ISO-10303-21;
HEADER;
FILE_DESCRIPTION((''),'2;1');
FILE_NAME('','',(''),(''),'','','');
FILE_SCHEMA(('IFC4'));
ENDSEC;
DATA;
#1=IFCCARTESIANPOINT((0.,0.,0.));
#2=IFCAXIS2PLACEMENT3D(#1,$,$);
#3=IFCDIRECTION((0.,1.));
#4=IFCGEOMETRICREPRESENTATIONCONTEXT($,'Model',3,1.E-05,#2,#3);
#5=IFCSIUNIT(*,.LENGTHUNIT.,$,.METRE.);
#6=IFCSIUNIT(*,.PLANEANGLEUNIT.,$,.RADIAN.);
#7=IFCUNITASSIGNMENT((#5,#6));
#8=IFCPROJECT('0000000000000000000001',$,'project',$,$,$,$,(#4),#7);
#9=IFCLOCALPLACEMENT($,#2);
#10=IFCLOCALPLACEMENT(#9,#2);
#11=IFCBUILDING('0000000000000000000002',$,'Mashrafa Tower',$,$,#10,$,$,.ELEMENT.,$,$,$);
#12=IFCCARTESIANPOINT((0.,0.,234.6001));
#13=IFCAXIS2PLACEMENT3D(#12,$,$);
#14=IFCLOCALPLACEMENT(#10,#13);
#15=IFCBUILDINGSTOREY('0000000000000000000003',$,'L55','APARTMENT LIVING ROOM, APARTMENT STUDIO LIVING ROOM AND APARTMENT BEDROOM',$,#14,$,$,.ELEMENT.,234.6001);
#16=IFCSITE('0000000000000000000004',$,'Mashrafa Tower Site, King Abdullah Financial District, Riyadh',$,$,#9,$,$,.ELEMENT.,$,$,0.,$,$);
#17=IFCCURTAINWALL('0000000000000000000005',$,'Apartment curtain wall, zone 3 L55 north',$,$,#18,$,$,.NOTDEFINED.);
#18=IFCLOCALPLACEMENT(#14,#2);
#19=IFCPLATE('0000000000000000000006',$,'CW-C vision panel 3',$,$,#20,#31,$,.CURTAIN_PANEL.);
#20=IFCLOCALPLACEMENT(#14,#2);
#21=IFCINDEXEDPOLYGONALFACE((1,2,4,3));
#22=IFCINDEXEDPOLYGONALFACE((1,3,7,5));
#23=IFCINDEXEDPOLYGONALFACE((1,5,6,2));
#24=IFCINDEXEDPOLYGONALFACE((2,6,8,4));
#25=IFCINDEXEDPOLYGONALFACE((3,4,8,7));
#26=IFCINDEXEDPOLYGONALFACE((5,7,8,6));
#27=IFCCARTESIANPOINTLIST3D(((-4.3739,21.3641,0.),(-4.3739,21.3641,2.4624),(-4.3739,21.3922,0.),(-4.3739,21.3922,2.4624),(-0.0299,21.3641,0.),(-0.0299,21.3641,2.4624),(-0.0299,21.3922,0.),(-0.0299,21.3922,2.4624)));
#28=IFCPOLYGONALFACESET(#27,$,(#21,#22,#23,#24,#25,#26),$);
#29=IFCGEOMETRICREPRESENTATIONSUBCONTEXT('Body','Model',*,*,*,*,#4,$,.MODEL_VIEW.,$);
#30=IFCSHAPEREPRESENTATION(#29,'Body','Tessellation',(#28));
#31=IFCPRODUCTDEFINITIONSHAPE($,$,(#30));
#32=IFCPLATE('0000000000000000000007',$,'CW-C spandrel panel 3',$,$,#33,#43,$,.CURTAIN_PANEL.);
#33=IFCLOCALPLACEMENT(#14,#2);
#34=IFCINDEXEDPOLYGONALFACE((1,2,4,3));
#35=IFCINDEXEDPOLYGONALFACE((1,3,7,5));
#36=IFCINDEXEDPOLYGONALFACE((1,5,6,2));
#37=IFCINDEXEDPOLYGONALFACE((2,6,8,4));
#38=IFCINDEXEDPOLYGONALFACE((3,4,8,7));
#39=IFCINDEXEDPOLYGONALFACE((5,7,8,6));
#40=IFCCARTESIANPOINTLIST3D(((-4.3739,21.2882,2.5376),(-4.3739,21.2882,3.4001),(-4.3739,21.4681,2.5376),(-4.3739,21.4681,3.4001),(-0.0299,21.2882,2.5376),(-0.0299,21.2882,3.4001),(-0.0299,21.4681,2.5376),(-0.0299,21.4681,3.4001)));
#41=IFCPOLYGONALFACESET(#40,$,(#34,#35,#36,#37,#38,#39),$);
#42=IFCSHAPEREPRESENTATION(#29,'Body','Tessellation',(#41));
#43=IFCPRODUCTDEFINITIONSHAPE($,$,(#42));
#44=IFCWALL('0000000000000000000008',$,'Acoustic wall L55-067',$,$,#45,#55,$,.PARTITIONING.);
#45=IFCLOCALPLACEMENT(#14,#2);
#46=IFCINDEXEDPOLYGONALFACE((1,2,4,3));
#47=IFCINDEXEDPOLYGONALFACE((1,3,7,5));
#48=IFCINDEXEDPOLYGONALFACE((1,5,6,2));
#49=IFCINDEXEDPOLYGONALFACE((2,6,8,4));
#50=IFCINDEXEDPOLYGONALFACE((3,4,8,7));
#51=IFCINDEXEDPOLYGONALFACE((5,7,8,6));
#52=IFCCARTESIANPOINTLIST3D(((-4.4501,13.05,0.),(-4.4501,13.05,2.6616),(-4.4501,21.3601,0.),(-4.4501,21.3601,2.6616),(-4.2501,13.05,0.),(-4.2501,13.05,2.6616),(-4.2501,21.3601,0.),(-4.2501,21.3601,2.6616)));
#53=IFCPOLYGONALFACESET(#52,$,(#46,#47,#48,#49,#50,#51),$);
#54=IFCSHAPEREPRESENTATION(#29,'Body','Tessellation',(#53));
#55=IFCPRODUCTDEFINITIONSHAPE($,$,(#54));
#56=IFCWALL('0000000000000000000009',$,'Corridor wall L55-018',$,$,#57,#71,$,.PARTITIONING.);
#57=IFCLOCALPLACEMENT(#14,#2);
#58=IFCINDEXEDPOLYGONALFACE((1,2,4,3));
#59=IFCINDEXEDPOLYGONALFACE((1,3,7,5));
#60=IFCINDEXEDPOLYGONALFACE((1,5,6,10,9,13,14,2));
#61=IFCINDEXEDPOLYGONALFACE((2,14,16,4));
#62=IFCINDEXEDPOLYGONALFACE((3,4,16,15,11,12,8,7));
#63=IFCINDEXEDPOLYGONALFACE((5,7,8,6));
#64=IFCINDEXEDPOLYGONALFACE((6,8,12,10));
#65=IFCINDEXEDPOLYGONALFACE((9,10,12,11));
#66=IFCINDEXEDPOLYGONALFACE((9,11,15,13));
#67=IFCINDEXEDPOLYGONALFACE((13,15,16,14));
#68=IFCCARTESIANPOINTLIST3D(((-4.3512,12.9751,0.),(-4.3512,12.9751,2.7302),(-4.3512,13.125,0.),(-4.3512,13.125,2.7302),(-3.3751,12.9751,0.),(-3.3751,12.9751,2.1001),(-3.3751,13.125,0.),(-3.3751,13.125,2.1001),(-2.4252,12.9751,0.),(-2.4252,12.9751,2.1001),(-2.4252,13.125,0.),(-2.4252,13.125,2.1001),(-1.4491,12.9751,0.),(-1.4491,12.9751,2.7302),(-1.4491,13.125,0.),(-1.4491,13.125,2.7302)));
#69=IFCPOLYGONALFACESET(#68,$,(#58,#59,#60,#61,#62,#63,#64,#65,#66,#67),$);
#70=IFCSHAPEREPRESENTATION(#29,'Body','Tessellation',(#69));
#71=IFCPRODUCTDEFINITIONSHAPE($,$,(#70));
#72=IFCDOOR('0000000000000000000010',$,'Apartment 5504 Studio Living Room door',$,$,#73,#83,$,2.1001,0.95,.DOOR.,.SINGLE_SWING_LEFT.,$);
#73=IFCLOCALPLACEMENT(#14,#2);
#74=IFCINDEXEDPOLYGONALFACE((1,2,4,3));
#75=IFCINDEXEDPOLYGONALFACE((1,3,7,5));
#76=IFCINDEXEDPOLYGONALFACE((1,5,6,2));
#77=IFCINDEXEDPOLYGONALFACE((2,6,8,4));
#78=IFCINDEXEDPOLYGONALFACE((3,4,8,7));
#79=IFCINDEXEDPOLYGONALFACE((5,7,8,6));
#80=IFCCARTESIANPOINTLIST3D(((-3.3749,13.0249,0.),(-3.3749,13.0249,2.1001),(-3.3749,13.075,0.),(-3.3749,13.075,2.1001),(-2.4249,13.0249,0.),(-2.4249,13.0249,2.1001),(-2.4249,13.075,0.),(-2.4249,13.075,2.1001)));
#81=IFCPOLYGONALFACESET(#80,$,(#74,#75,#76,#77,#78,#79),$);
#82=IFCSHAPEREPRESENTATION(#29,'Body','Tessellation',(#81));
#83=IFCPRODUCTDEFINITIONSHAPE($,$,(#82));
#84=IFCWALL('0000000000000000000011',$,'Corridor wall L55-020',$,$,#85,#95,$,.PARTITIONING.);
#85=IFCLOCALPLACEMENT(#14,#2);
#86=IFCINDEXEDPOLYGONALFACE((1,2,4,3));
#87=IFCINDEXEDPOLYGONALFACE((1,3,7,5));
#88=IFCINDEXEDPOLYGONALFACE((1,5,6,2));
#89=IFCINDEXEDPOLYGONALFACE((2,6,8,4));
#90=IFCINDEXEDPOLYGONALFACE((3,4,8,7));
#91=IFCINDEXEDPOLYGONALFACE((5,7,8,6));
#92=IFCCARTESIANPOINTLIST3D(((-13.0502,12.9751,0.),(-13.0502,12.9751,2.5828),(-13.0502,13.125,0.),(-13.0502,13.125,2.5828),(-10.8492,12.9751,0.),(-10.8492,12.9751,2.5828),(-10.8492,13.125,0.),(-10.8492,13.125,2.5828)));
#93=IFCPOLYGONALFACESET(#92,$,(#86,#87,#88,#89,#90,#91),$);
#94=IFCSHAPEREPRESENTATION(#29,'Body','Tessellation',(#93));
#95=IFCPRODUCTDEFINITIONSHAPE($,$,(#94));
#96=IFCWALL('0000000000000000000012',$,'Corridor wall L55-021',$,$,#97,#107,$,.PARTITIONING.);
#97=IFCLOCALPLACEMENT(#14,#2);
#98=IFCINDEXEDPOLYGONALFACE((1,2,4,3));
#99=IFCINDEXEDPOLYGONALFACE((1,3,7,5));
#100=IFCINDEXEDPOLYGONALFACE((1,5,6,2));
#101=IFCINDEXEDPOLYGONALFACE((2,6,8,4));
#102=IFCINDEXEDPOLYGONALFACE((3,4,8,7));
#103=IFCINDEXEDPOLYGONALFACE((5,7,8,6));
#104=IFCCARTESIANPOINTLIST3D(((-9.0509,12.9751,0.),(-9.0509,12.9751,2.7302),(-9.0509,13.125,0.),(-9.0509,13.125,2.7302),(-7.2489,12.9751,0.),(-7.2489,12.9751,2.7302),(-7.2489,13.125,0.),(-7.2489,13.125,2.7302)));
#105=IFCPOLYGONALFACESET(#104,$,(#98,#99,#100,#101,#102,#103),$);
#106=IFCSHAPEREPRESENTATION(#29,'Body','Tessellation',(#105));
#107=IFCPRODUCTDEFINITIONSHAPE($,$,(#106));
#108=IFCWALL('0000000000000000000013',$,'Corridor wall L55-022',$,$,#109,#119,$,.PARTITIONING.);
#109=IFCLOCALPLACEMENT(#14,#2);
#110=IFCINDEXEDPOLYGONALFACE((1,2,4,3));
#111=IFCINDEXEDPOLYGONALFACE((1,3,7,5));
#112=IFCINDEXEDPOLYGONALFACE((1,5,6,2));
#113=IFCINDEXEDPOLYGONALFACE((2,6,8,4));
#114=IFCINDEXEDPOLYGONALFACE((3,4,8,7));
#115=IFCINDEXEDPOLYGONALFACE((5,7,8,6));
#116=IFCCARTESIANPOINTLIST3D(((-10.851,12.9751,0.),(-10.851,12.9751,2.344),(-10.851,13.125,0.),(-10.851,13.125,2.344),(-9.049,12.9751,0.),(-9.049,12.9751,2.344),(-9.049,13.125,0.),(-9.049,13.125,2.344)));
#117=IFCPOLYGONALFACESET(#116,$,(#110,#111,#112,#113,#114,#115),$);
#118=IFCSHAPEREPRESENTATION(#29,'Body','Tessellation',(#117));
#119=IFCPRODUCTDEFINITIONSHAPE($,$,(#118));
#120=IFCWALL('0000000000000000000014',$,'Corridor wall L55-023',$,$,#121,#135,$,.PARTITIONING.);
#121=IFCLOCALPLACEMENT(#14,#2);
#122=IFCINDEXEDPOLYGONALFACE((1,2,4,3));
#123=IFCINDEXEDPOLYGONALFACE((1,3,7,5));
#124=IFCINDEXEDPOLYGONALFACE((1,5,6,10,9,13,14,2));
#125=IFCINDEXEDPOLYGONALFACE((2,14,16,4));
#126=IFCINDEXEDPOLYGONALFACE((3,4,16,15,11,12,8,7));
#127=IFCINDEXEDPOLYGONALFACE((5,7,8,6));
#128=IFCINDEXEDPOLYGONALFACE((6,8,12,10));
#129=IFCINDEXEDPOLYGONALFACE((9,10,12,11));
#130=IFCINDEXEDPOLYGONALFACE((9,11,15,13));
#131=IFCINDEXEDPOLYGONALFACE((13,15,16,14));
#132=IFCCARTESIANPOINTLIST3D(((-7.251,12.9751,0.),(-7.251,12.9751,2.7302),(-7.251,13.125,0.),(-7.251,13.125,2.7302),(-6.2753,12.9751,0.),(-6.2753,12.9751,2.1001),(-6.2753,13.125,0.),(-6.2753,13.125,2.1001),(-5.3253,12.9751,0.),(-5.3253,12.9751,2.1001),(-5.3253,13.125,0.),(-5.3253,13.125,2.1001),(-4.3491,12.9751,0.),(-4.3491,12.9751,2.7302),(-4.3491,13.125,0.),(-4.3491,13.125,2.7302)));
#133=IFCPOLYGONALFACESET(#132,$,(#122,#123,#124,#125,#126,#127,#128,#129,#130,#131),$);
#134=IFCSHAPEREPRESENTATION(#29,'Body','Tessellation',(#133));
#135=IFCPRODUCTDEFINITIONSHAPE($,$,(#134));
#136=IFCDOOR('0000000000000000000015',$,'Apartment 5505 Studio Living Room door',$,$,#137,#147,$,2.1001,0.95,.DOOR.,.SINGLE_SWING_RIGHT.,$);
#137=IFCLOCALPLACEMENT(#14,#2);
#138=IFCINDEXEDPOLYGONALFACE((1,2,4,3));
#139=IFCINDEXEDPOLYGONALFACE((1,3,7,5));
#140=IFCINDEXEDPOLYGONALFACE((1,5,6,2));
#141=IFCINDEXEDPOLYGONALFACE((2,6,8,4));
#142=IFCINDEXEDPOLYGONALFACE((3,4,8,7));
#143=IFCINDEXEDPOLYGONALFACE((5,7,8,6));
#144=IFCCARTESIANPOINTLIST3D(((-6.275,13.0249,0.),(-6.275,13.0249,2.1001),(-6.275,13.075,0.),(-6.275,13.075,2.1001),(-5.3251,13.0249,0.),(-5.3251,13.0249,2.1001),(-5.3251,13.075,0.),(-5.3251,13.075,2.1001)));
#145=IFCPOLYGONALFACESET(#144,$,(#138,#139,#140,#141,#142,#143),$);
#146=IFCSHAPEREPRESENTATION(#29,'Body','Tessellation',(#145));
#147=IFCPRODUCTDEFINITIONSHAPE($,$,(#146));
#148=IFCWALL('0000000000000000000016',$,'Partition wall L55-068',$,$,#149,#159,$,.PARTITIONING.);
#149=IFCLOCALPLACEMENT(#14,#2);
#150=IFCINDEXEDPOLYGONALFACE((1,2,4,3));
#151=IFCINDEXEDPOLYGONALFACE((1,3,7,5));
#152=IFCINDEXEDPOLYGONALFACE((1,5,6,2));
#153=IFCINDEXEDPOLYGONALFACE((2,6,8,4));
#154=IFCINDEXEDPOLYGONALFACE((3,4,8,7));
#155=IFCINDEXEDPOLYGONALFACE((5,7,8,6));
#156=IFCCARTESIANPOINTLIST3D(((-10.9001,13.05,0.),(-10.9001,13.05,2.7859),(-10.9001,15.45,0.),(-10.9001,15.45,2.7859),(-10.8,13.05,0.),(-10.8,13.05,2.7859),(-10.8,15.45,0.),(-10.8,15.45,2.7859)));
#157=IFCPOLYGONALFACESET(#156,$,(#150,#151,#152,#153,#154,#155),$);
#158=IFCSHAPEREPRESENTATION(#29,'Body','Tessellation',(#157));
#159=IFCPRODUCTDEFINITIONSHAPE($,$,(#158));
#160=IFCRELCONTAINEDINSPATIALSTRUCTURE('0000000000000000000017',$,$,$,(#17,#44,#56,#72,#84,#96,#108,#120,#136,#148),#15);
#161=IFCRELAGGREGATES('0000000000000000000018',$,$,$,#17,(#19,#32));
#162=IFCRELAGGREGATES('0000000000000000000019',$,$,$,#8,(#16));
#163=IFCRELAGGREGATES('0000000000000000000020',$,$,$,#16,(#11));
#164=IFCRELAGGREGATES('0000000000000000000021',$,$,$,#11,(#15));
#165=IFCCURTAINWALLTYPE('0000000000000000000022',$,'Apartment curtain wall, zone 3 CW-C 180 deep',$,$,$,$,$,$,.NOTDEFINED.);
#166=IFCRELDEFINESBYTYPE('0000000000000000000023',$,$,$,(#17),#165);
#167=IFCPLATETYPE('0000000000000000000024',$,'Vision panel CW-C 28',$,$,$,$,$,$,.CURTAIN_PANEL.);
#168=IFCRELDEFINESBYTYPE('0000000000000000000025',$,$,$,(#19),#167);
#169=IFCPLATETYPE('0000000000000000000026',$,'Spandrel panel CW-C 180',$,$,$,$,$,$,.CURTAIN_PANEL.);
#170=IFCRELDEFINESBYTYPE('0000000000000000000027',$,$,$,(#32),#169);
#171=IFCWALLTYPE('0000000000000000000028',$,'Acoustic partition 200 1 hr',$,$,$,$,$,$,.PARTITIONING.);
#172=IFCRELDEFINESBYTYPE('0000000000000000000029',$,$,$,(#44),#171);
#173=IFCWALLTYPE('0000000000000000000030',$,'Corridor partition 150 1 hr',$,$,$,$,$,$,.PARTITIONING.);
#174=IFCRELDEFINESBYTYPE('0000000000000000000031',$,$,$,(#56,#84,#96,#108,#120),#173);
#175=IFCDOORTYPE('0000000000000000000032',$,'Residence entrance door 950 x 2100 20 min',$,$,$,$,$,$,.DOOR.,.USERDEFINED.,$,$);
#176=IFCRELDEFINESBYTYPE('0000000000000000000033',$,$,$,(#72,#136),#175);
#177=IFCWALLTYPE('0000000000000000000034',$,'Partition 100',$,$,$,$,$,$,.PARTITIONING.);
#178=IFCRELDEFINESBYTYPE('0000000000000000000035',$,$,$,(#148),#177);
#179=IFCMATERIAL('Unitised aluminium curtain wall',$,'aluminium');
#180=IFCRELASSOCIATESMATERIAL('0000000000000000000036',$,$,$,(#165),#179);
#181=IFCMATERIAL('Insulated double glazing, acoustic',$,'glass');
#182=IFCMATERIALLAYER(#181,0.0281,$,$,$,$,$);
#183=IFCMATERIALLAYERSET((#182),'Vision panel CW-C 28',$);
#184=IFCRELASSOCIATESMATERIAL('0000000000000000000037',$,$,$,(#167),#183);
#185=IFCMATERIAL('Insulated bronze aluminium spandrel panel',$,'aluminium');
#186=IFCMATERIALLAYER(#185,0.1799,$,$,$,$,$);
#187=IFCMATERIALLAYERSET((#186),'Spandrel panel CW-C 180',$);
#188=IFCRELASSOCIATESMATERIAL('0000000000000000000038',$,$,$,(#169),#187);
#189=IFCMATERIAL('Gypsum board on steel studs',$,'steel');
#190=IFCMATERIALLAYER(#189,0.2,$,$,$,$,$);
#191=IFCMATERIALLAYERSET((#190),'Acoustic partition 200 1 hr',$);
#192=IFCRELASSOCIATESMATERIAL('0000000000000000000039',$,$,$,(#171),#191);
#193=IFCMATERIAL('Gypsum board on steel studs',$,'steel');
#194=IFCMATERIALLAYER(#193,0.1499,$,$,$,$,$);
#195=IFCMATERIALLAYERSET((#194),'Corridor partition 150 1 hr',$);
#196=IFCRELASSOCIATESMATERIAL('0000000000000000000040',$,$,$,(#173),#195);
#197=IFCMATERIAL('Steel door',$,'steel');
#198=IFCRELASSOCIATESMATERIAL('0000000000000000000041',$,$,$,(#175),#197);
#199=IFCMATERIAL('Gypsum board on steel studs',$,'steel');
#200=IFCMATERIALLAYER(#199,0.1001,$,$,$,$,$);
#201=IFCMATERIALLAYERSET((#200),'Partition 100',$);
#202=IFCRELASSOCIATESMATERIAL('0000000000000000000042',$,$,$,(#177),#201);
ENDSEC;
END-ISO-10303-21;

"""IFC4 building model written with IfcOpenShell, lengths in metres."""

from ifc_helpers import new_model, si_unit, direction, frame, frame_2d, origin, origin_2d, place, context, subcontext, project, spatial, rectangle, extrude, source, transform, mapped, material, layer, layer_set, type_object, element, fill, aggregate, save


model = new_model("IFC4")

# Units and contexts
model_context = context("Model", 3, precision=1e-05, world=origin(), true_north=direction((0.0, 1.0)))
body_context = subcontext(model_context, "Body", "Model", "MODEL_VIEW")
ifc_project = project(units=[si_unit("LENGTHUNIT", "METRE"), si_unit("PLANEANGLEUNIT", "RADIAN")], contexts=[model_context])

# Site, building, storey
site_placement = place(None, origin())
site = spatial("IfcSite", under=ifc_project, at=site_placement, Name="Mashrafa Tower Site, King Abdullah Financial District, Riyadh", CompositionType="ELEMENT", RefElevation=0.0)
building_placement = place(site_placement, origin())
building = spatial("IfcBuilding", under=site, at=building_placement, Name="Mashrafa Tower", CompositionType="ELEMENT")
storey_placement = place(building_placement, frame((0.0, 0.0, 234.6001)))
storey = spatial("IfcBuildingStorey", under=building, at=storey_placement, Name="L55", Description="APARTMENT LIVING ROOM, APARTMENT STUDIO LIVING ROOM AND APARTMENT BEDROOM", CompositionType="ELEMENT", Elevation=234.6001)

# Curtain wall
ifc_material_1 = material(Name="Unitised aluminium curtain wall", Category="aluminium")
curtain_wall_type = type_object("IfcCurtainWallType", Name="Apartment curtain wall, zone 3 CW-C 180 deep", PredefinedType="NOTDEFINED", material=ifc_material_1)
curtain_wall_1_placement = place(storey_placement, origin())
curtain_wall_1 = element("IfcCurtainWall", 1, at=curtain_wall_1_placement, inside=storey, type_object=curtain_wall_type, Name="Apartment curtain wall, zone 3 L55 north", PredefinedType="NOTDEFINED")

# Plates
ifc_material_2 = material(Name="Insulated double glazing, acoustic", Category="glass")
ifc_layer_1 = layer(ifc_material_2, 0.0281)
ifc_layer_set_1 = layer_set([ifc_layer_1], Name="Vision panel CW-C 28")
plate_type_1 = type_object("IfcPlateType", Name="Vision panel CW-C 28", PredefinedType="CURTAIN_PANEL", material=ifc_layer_set_1)
ifc_material_3 = material(Name="Insulated bronze aluminium spandrel panel", Category="aluminium")
ifc_layer_2 = layer(ifc_material_3, 0.1799)
ifc_layer_set_2 = layer_set([ifc_layer_2], Name="Spandrel panel CW-C 180")
plate_type_2 = type_object("IfcPlateType", Name="Spandrel panel CW-C 180", PredefinedType="CURTAIN_PANEL", material=ifc_layer_set_2)
shared_shape_1 = source(origin(), body_context, "Body", "SweptSolid", [
    extrude(rectangle(XDim=4.344, YDim=0.0281, at=origin_2d()), origin(), (0.0, 0.0, 1.0), 2.4624),
])
plate_1_placement = place(storey_placement, frame((-2.2019, 21.3782, 0.0), z_axis=(0.0, 0.0, 1.0), x_axis=(-1.0, 0.0, 0.0)))
plate_1 = element("IfcPlate", 2, at=plate_1_placement, type_object=plate_type_1, Name="CW-C vision panel 3", PredefinedType="CURTAIN_PANEL", context=body_context, shape_type="MappedRepresentation", body=[
    mapped(shared_shape_1, transform((0.0, 0.0, 0.0))),
])
shared_shape_2 = source(origin(), body_context, "Body", "SweptSolid", [
    extrude(rectangle(XDim=4.344, YDim=0.1799, at=origin_2d()), origin(), (0.0, 0.0, 1.0), 0.8625),
])
plate_2_placement = place(storey_placement, frame((-2.2019, 21.3782, 2.5376), z_axis=(0.0, 0.0, 1.0), x_axis=(-1.0, 0.0, 0.0)))
plate_2 = element("IfcPlate", 3, at=plate_2_placement, type_object=plate_type_2, Name="CW-C spandrel panel 3", PredefinedType="CURTAIN_PANEL", context=body_context, shape_type="MappedRepresentation", body=[
    mapped(shared_shape_2, transform((0.0, 0.0, 0.0))),
])
aggregate(curtain_wall_1, [plate_1, plate_2])

# Wall
ifc_material_4 = material(Name="Gypsum board on steel studs", Category="steel")
ifc_layer_3 = layer(ifc_material_4, 0.2)
ifc_layer_set_3 = layer_set([ifc_layer_3], Name="Acoustic partition 200 1 hr")
wall_type_1 = type_object("IfcWallType", Name="Acoustic partition 200 1 hr", PredefinedType="PARTITIONING", material=ifc_layer_set_3)
wall_1_placement = place(storey_placement, frame((-4.3501, 21.3601, 0.0), z_axis=(0.0, 0.0, 1.0), x_axis=(0.0, -1.0, 0.0)))
element("IfcWall", 4, at=wall_1_placement, inside=storey, type_object=wall_type_1, Name="Acoustic wall L55-067", PredefinedType="PARTITIONING", context=body_context, shape_type="SweptSolid", body=[
    extrude(rectangle(XDim=8.3101, YDim=0.2, at=frame_2d((4.155, 0.0))), origin(), (0.0, 0.0, 1.0), 2.6616),
])

# Wall, opening, door
ifc_material_5 = material(Name="Gypsum board on steel studs", Category="steel")
ifc_layer_4 = layer(ifc_material_5, 0.1499)
ifc_layer_set_4 = layer_set([ifc_layer_4], Name="Corridor partition 150 1 hr")
wall_type_2 = type_object("IfcWallType", Name="Corridor partition 150 1 hr", PredefinedType="PARTITIONING", material=ifc_layer_set_4)
wall_2_placement = place(storey_placement, frame((-1.449, 13.05, 0.0), z_axis=(0.0, 0.0, 1.0), x_axis=(-1.0, 0.0, 0.0)))
wall_2 = element("IfcWall", 5, at=wall_2_placement, inside=storey, type_object=wall_type_2, Name="Corridor wall L55-018", PredefinedType="PARTITIONING", context=body_context, shape_type="SweptSolid", body=[
    extrude(rectangle(XDim=2.9021, YDim=0.1499, at=frame_2d((1.4512, 0.0))), origin(), (0.0, 0.0, 1.0), 2.7302),
])
opening_1_placement = place(wall_2_placement, frame((0.9761, 0.0, 0.0)))
opening_1 = element("IfcOpeningElement", 6, at=opening_1_placement, cuts=wall_2, PredefinedType="OPENING", context=body_context, shape_type="SweptSolid", body=[
    extrude(rectangle(XDim=0.95, YDim=2.1001, at=frame_2d((0.4751, 1.05))), frame((0.0, 0.085, 0.0), z_axis=(0.0, -1.0, 0.0), x_axis=(1.0, 0.0, 0.0)), (0.0, 0.0, 1.0), 0.1699),
])
ifc_material_6 = material(Name="Steel door", Category="steel")
door_type_1 = type_object("IfcDoorType", Name="Residence entrance door 950 x 2100 20 min", OperationType="USERDEFINED", PredefinedType="DOOR", material=ifc_material_6)
door_1_placement = place(opening_1_placement, frame((0.95, 0.0, 0.0), z_axis=(0.0, 0.0, 1.0), x_axis=(-1.0, 0.0, 0.0)))
door_1 = element("IfcDoor", 7, at=door_1_placement, inside=storey, type_object=door_type_1, Name="Apartment 5504 Studio Living Room door", OperationType="SINGLE_SWING_LEFT", OverallHeight=2.1001, OverallWidth=0.95, PredefinedType="DOOR", context=body_context, shape_type="SweptSolid", body=[
    extrude(rectangle(XDim=0.95, YDim=2.1001, at=frame_2d((0.4751, 1.05))), frame((0.0, 0.0249, 0.0), z_axis=(0.0, -1.0, 0.0), x_axis=(1.0, 0.0, 0.0)), (0.0, 0.0, 1.0), 0.05),
])
fill(opening_1, door_1)

# Walls
wall_3_placement = place(storey_placement, frame((-10.8491, 13.05, 0.0), z_axis=(0.0, 0.0, 1.0), x_axis=(-1.0, 0.0, 0.0)))
element("IfcWall", 8, at=wall_3_placement, inside=storey, type_object=wall_type_2, Name="Corridor wall L55-020", PredefinedType="PARTITIONING", context=body_context, shape_type="SweptSolid", body=[
    extrude(rectangle(XDim=2.2009, YDim=0.1499, at=frame_2d((1.1006, 0.0))), origin(), (0.0, 0.0, 1.0), 2.5828),
])
wall_4_placement = place(storey_placement, frame((-7.249, 13.05, 0.0), z_axis=(0.0, 0.0, 1.0), x_axis=(-1.0, 0.0, 0.0)))
element("IfcWall", 9, at=wall_4_placement, inside=storey, type_object=wall_type_2, Name="Corridor wall L55-021", PredefinedType="PARTITIONING", context=body_context, shape_type="SweptSolid", body=[
    extrude(rectangle(XDim=1.802, YDim=0.1499, at=frame_2d((0.9009, 0.0))), origin(), (0.0, 0.0, 1.0), 2.7302),
])
wall_5_placement = place(storey_placement, frame((-9.0491, 13.05, 0.0), z_axis=(0.0, 0.0, 1.0), x_axis=(-1.0, 0.0, 0.0)))
element("IfcWall", 10, at=wall_5_placement, inside=storey, type_object=wall_type_2, Name="Corridor wall L55-022", PredefinedType="PARTITIONING", context=body_context, shape_type="SweptSolid", body=[
    extrude(rectangle(XDim=1.802, YDim=0.1499, at=frame_2d((0.9009, 0.0))), origin(), (0.0, 0.0, 1.0), 2.344),
])

# Wall, opening, door
wall_6_placement = place(storey_placement, frame((-4.3491, 13.05, 0.0), z_axis=(0.0, 0.0, 1.0), x_axis=(-1.0, 0.0, 0.0)))
wall_6 = element("IfcWall", 11, at=wall_6_placement, inside=storey, type_object=wall_type_2, Name="Corridor wall L55-023", PredefinedType="PARTITIONING", context=body_context, shape_type="SweptSolid", body=[
    extrude(rectangle(XDim=2.9019, YDim=0.1499, at=frame_2d((1.4509, 0.0))), origin(), (0.0, 0.0, 1.0), 2.7302),
])
opening_2_placement = place(wall_6_placement, frame((0.9761, 0.0, 0.0)))
opening_2 = element("IfcOpeningElement", 12, at=opening_2_placement, cuts=wall_6, PredefinedType="OPENING", context=body_context, shape_type="SweptSolid", body=[
    extrude(rectangle(XDim=0.95, YDim=2.1001, at=frame_2d((0.4751, 1.05))), frame((0.0, 0.085, 0.0), z_axis=(0.0, -1.0, 0.0), x_axis=(1.0, 0.0, 0.0)), (0.0, 0.0, 1.0), 0.1699),
])
door_2_placement = place(opening_2_placement, frame((0.95, 0.0, 0.0), z_axis=(0.0, 0.0, 1.0), x_axis=(-1.0, 0.0, 0.0)))
door_2 = element("IfcDoor", 13, at=door_2_placement, inside=storey, type_object=door_type_1, Name="Apartment 5505 Studio Living Room door", OperationType="SINGLE_SWING_RIGHT", OverallHeight=2.1001, OverallWidth=0.95, PredefinedType="DOOR", context=body_context, shape_type="SweptSolid", body=[
    extrude(rectangle(XDim=0.95, YDim=2.1001, at=frame_2d((0.4751, 1.05))), frame((0.0, 0.0249, 0.0), z_axis=(0.0, -1.0, 0.0), x_axis=(1.0, 0.0, 0.0)), (0.0, 0.0, 1.0), 0.05),
])
fill(opening_2, door_2)

# Wall
ifc_material_7 = material(Name="Gypsum board on steel studs", Category="steel")
ifc_layer_5 = layer(ifc_material_7, 0.1001)
ifc_layer_set_5 = layer_set([ifc_layer_5], Name="Partition 100")
wall_type_3 = type_object("IfcWallType", Name="Partition 100", PredefinedType="PARTITIONING", material=ifc_layer_set_5)
wall_7_placement = place(storey_placement, frame((-10.8501, 13.05, 0.0), z_axis=(0.0, 0.0, 1.0), x_axis=(0.0, 1.0, 0.0)))
element("IfcWall", 14, at=wall_7_placement, inside=storey, type_object=wall_type_3, Name="Partition wall L55-068", PredefinedType="PARTITIONING", context=body_context, shape_type="SweptSolid", body=[
    extrude(rectangle(XDim=2.3999, YDim=0.1001, at=frame_2d((1.2, 0.0))), origin(), (0.0, 0.0, 1.0), 2.7859),
])

save(model, "model.ifc")
